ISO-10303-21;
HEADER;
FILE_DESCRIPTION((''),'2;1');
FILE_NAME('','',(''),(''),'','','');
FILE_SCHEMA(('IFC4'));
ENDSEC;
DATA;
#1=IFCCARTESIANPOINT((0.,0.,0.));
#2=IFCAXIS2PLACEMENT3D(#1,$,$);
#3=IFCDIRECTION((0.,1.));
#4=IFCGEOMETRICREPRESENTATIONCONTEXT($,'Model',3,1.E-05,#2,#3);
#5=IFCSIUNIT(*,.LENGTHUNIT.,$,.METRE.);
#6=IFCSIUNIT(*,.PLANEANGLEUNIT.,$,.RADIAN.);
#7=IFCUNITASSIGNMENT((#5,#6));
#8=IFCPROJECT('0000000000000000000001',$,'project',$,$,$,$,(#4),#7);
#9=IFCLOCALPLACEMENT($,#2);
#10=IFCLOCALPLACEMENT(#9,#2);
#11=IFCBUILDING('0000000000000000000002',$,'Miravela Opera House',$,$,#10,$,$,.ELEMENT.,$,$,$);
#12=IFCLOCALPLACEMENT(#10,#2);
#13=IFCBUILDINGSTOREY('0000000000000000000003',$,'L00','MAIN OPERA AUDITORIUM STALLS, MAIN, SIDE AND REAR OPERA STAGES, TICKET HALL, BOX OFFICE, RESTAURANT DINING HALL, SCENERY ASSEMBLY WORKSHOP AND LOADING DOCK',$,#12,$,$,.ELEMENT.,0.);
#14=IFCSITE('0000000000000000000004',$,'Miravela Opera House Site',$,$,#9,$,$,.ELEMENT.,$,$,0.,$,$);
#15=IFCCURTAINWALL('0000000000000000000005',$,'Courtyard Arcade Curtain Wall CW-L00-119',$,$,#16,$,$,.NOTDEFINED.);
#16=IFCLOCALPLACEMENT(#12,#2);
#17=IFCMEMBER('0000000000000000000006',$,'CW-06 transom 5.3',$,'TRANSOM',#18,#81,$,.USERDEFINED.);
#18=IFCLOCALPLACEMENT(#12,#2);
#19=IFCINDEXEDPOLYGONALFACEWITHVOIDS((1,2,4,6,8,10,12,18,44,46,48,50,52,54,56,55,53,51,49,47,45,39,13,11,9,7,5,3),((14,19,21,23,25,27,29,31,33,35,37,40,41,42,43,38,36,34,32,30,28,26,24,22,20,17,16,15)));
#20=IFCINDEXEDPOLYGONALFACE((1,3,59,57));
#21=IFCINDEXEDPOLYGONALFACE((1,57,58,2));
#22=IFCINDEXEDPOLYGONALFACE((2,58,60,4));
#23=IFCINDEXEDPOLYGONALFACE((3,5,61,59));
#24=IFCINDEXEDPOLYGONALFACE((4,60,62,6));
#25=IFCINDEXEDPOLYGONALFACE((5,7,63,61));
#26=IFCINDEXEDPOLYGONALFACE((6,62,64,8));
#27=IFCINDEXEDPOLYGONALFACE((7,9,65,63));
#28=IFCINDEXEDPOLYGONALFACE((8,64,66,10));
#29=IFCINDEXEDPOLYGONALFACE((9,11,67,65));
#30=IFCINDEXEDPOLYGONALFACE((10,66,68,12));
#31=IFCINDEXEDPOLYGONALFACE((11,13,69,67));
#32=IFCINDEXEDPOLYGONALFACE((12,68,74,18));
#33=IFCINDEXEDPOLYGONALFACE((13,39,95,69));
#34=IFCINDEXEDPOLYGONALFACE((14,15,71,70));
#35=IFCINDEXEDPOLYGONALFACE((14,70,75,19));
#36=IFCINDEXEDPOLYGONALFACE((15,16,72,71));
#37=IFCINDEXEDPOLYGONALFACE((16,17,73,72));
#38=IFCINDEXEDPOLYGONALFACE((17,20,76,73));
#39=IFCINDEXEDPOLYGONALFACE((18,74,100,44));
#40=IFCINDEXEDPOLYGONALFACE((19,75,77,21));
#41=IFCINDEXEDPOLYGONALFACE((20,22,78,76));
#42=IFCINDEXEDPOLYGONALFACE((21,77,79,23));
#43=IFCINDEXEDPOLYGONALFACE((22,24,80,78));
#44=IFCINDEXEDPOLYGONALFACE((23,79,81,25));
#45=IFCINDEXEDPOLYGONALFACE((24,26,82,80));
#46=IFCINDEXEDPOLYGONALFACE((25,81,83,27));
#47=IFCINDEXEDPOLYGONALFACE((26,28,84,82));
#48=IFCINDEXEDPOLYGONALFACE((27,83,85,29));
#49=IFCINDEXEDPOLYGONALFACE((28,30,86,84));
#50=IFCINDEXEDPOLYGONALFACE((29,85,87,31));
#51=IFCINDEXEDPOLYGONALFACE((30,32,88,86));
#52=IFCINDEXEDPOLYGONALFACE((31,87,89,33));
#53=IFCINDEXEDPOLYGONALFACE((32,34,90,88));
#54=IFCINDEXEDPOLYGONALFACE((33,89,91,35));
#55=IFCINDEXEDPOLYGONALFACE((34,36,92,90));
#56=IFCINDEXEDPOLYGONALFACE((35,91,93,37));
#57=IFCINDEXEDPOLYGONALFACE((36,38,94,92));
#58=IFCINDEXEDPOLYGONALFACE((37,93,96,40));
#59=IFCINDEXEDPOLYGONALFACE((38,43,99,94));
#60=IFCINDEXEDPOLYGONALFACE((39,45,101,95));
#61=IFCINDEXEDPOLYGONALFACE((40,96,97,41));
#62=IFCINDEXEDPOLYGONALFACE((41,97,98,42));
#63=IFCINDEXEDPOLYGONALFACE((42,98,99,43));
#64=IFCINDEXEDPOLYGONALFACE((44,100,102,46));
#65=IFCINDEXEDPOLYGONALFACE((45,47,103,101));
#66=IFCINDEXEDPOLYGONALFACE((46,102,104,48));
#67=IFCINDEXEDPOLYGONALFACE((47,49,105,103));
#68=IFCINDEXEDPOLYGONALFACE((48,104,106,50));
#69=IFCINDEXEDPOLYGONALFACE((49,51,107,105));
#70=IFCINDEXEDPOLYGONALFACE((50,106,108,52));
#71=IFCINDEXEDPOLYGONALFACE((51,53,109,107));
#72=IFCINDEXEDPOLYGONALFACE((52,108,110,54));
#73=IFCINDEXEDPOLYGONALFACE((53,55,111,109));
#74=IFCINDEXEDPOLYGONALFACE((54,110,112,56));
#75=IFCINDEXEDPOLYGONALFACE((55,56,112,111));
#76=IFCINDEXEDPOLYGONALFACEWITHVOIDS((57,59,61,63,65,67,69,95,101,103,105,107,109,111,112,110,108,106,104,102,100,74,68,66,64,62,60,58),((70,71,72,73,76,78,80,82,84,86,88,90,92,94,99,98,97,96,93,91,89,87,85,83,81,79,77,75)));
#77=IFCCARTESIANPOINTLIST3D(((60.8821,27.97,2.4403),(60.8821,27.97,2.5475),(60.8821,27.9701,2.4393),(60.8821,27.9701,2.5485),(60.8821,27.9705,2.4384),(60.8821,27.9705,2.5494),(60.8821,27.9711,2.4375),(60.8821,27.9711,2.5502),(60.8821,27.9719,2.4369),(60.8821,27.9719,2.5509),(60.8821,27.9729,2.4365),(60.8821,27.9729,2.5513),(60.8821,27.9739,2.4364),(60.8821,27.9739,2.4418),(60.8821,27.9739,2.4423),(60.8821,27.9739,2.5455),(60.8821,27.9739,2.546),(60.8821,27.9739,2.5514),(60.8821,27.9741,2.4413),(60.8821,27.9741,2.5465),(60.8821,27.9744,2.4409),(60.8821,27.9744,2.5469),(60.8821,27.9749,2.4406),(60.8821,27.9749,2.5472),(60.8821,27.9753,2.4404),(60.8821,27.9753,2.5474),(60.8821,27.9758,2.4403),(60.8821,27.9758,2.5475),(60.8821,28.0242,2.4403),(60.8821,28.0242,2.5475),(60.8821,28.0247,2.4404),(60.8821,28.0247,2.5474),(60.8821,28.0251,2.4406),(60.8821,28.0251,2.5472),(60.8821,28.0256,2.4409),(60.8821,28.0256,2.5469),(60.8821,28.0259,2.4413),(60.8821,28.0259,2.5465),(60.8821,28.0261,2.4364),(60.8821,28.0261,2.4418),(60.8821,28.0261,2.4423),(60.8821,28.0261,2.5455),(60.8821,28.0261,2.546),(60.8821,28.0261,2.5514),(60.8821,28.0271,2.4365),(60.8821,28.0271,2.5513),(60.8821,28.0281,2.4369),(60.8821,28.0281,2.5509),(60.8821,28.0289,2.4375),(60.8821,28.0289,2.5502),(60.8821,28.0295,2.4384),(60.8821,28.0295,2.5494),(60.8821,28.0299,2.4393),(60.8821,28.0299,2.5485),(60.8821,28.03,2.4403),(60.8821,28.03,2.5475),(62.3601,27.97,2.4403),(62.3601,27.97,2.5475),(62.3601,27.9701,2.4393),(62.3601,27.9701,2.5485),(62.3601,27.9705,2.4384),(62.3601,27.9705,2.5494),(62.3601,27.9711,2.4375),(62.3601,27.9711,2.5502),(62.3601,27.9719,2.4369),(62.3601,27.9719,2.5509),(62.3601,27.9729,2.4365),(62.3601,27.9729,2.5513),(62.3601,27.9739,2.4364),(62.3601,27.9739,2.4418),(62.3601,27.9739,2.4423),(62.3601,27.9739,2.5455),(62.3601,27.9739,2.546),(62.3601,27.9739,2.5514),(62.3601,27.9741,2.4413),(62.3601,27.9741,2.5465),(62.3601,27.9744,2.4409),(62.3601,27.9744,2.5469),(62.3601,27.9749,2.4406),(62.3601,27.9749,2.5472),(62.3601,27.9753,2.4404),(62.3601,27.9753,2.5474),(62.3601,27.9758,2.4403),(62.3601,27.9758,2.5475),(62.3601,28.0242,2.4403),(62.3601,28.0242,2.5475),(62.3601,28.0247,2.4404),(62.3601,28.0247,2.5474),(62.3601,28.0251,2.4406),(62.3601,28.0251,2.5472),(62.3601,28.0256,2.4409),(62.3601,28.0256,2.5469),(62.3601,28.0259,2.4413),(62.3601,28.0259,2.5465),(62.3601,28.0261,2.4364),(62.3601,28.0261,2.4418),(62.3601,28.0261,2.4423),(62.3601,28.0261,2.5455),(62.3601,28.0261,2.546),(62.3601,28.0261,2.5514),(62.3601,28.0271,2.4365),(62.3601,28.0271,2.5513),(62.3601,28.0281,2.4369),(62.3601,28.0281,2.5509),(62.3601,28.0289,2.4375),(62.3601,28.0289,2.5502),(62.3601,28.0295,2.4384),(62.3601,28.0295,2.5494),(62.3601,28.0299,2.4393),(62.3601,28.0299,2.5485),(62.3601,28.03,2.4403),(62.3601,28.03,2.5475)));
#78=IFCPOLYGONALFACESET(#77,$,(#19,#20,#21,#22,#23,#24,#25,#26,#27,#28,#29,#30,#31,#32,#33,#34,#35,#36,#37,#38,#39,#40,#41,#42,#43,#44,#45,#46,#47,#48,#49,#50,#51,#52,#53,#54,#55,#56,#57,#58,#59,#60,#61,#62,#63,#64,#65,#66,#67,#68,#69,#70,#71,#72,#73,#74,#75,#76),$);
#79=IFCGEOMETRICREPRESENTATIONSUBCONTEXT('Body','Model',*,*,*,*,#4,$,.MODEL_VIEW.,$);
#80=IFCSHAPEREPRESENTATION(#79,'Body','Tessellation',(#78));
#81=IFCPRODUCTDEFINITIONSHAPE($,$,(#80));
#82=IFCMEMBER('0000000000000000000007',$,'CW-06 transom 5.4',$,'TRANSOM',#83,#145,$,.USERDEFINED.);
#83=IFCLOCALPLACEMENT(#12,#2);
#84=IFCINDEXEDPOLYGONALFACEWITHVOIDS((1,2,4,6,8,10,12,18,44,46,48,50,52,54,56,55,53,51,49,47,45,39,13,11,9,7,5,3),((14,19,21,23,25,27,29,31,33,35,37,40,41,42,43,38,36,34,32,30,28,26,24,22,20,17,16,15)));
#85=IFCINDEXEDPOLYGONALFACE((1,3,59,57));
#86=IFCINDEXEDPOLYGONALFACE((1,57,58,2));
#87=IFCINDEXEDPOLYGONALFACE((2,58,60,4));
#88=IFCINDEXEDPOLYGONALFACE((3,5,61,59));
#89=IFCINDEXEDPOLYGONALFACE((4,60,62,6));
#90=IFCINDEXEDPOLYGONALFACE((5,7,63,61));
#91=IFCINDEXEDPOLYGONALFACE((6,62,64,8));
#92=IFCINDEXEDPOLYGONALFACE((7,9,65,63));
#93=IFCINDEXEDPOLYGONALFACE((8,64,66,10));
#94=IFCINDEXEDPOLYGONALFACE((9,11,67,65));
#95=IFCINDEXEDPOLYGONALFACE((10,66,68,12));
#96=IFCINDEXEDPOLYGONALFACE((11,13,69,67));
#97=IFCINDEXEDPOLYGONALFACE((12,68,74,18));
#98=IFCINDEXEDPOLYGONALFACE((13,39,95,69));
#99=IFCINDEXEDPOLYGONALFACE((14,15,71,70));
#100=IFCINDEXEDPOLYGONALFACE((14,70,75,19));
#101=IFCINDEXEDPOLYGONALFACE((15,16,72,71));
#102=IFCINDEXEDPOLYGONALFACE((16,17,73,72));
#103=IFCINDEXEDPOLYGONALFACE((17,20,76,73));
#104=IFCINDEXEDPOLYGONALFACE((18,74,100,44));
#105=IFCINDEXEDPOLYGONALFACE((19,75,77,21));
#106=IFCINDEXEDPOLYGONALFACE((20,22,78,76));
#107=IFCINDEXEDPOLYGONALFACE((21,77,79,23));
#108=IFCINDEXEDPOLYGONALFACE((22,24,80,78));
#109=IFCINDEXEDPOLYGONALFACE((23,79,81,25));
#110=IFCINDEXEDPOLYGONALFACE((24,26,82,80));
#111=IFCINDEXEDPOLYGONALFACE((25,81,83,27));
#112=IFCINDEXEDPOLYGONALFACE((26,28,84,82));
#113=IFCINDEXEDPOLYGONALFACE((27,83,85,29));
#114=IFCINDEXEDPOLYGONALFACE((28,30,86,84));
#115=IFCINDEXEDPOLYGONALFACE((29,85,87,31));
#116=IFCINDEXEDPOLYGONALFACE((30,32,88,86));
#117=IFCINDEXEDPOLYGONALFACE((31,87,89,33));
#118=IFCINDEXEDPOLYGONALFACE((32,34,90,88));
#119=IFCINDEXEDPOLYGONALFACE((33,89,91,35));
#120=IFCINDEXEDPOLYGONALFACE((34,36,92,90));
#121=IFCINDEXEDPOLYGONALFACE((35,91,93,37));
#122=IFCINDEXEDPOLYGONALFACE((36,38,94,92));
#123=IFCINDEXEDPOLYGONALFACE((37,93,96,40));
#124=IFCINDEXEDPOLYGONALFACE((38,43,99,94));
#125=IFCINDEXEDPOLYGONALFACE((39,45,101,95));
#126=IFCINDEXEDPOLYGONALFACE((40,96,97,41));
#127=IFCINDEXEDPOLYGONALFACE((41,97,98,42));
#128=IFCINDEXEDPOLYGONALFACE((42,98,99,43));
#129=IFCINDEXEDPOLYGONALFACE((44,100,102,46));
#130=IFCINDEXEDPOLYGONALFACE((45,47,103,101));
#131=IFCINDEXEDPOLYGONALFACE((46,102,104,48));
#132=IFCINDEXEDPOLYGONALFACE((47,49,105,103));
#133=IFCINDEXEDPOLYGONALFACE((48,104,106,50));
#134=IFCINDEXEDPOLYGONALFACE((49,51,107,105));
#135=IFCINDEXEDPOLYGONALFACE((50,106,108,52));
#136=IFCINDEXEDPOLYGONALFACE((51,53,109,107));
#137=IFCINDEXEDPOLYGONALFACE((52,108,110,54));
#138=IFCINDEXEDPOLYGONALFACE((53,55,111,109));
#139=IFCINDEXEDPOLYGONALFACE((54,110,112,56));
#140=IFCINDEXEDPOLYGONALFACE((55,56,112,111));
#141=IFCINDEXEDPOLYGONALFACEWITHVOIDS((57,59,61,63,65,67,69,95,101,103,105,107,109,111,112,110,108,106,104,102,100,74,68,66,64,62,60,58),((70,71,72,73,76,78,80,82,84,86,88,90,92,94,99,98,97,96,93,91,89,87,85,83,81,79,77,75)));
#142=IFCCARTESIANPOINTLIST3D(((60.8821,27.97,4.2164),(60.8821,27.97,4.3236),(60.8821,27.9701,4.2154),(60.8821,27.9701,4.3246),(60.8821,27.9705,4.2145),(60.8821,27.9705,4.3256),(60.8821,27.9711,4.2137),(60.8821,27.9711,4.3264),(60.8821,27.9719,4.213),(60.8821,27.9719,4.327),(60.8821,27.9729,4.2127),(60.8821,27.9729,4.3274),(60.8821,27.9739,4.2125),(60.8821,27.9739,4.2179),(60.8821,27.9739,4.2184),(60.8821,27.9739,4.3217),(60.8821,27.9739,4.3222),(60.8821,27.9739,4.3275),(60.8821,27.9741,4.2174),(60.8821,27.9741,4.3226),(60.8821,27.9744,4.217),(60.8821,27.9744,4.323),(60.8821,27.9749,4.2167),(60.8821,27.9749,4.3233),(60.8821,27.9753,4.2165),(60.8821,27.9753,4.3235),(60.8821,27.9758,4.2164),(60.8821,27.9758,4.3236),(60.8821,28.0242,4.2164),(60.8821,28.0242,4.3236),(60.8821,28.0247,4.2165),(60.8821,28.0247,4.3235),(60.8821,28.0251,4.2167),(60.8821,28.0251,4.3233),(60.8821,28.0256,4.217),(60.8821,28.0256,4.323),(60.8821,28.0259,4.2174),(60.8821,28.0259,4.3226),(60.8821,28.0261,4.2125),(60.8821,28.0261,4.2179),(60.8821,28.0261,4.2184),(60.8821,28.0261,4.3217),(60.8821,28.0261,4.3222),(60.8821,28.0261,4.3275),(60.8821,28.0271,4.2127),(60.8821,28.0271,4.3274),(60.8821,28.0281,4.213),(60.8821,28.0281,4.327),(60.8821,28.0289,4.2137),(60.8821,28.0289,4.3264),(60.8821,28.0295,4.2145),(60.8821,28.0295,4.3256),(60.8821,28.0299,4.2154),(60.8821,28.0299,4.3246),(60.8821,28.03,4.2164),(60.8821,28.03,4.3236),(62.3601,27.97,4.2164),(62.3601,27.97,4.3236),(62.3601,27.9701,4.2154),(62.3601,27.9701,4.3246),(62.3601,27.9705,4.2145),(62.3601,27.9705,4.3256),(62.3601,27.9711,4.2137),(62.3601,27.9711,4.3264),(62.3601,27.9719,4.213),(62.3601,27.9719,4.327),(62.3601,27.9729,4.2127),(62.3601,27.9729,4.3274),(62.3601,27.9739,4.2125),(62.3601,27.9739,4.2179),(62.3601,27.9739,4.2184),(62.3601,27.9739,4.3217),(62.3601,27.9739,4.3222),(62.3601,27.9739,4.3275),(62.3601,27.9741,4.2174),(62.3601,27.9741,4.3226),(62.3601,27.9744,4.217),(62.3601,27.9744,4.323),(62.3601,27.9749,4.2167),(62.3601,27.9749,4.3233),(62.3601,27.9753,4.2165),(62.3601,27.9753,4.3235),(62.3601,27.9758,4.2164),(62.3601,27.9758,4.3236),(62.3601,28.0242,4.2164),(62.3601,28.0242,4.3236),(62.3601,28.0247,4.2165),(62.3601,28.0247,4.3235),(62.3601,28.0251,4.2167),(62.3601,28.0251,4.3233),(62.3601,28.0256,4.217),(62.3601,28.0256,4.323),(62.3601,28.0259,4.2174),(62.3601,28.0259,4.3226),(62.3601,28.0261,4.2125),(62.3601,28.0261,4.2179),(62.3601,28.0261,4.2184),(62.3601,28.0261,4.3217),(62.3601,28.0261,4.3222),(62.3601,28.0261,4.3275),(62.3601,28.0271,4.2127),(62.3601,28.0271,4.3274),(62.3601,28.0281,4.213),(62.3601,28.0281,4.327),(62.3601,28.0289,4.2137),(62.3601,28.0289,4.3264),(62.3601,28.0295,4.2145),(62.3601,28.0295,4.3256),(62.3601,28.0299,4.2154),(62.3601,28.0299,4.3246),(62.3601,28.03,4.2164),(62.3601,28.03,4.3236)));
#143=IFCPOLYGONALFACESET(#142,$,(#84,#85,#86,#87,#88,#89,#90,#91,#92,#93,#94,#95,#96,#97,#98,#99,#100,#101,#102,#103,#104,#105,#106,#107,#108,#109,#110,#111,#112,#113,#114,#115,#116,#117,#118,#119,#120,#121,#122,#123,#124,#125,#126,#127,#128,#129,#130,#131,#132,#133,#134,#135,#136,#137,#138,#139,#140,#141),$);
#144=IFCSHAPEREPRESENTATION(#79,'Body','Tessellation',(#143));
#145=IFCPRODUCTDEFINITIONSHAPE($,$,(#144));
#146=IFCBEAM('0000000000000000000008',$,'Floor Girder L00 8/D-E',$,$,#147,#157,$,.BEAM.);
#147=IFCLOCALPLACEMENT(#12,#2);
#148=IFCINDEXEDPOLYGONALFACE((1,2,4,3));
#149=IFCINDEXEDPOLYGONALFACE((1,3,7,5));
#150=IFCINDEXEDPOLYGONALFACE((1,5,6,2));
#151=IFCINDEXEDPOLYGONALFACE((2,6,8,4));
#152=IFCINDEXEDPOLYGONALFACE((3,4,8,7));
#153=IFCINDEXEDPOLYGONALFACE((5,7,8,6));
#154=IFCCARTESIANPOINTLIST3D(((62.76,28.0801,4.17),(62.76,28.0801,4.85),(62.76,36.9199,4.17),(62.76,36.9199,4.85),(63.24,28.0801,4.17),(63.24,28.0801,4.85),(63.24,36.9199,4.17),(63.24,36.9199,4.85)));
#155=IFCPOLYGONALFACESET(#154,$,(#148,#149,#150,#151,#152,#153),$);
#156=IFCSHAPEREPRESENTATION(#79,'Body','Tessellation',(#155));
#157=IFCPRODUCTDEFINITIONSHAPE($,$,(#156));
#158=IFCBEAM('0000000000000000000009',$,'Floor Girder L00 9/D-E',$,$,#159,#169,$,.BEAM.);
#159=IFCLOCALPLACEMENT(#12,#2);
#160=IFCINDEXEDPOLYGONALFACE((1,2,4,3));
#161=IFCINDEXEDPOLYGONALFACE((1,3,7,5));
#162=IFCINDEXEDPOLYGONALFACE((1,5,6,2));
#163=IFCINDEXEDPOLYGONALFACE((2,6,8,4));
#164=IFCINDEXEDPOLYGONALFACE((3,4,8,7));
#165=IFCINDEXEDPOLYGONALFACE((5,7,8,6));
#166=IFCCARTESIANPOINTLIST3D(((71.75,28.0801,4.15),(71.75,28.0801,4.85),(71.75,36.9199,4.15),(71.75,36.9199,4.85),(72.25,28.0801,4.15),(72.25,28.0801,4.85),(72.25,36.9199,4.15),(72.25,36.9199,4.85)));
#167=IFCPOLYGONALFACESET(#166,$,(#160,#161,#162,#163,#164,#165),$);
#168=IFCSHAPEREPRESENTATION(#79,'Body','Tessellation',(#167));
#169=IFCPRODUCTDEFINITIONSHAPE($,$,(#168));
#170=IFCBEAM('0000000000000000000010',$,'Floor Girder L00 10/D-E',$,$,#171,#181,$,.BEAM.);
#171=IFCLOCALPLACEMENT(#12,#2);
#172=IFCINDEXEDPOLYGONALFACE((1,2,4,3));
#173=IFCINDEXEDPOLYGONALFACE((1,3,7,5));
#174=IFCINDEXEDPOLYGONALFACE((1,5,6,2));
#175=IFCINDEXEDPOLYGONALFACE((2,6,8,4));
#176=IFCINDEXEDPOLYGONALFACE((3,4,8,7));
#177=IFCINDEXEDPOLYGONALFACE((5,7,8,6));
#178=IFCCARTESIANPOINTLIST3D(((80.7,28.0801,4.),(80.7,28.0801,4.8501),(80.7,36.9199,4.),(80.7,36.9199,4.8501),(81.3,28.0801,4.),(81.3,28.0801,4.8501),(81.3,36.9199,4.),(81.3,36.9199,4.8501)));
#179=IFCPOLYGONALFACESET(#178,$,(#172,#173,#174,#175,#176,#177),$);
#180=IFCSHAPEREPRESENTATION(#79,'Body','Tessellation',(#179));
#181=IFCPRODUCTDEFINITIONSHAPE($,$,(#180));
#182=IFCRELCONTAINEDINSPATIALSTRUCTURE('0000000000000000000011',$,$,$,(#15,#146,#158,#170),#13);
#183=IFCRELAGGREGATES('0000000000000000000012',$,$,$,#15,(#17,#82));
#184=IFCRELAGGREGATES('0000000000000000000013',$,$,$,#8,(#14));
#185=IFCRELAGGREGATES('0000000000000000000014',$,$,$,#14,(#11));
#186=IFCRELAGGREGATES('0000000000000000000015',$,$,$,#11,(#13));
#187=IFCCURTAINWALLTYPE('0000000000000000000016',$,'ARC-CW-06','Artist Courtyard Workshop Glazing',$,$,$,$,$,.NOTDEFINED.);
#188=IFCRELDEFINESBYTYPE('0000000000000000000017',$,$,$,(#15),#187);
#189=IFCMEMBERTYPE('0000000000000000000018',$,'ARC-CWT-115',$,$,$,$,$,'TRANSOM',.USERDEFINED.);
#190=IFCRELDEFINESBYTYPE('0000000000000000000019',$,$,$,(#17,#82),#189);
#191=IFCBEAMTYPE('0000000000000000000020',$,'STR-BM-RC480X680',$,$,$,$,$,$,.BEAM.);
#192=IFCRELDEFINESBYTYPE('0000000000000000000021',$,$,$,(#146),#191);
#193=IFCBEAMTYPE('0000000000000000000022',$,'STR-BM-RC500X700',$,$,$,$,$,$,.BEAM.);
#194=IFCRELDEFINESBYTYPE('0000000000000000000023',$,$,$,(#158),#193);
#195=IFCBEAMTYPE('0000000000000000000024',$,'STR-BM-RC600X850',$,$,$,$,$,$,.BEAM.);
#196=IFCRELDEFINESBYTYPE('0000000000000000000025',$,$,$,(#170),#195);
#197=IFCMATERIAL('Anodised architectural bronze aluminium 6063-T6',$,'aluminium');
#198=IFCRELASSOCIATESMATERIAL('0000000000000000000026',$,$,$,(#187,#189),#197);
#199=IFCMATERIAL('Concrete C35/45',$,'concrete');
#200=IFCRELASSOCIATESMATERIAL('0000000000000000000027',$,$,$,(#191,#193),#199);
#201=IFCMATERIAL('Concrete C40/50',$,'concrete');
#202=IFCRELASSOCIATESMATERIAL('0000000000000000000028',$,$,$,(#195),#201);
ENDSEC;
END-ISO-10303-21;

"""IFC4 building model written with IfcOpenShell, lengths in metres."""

from ifc_helpers import new_model, si_unit, direction, frame, origin, origin_2d, place, context, subcontext, project, spatial, rectangle, hollow_rectangle, extrude, material, material_profile, profile_set, type_object, element, aggregate, save


model = new_model("IFC4")

# Units and contexts
model_context = context("Model", 3, precision=1e-05, world=origin(), true_north=direction((0.0, 1.0)))
body_context = subcontext(model_context, "Body", "Model", "MODEL_VIEW")
ifc_project = project(units=[si_unit("LENGTHUNIT", "METRE"), si_unit("PLANEANGLEUNIT", "RADIAN")], contexts=[model_context])

# Site, building, storey
site_placement = place(None, origin())
site = spatial("IfcSite", under=ifc_project, at=site_placement, Name="Miravela Opera House Site", CompositionType="ELEMENT", RefElevation=0.0)
building_placement = place(site_placement, origin())
building = spatial("IfcBuilding", under=site, at=building_placement, Name="Miravela Opera House", CompositionType="ELEMENT")
storey_placement = place(building_placement, origin())
storey = spatial("IfcBuildingStorey", under=building, at=storey_placement, Name="L00", Description="MAIN OPERA AUDITORIUM STALLS, MAIN, SIDE AND REAR OPERA STAGES, TICKET HALL, BOX OFFICE, RESTAURANT DINING HALL, SCENERY ASSEMBLY WORKSHOP AND LOADING DOCK", CompositionType="ELEMENT", Elevation=0.0)

# Shared definitions
ifc_material_1 = material(Name="Concrete C35/45", Category="concrete")

# Curtain wall, members
ifc_material_2 = material(Name="Anodised architectural bronze aluminium 6063-T6", Category="aluminium")
curtain_wall_type = type_object("IfcCurtainWallType", Name="ARC-CW-06", Description="Artist Courtyard Workshop Glazing", PredefinedType="NOTDEFINED", material=ifc_material_2)
curtain_wall_placement = place(storey_placement, origin())
curtain_wall = element("IfcCurtainWall", 1, at=curtain_wall_placement, inside=storey, type_object=curtain_wall_type, Name="Courtyard Arcade Curtain Wall CW-L00-119", PredefinedType="NOTDEFINED")
ifc_material_profile_1 = material_profile(ifc_material_2, hollow_rectangle(XDim=0.0601, YDim=0.115, WallThickness=0.0039, InnerFilletRadius=0.002, OuterFilletRadius=0.0039, at=origin_2d()), Name="CWT-60X115")
ifc_profile_set_1 = profile_set([ifc_material_profile_1])
member_type_1 = type_object("IfcMemberType", Name="ARC-CWT-115", ElementType="TRANSOM", PredefinedType="USERDEFINED", material=ifc_profile_set_1)
member_1_placement = place(storey_placement, frame((60.8821, 28.0, 2.4939), z_axis=(1.0, 0.0, 0.0), x_axis=(0.0, 1.0, 0.0)))
member_1 = element("IfcMember", 2, at=member_1_placement, type_object=member_type_1, Name="CW-06 transom 5.3", ObjectType="TRANSOM", PredefinedType="USERDEFINED", context=body_context, shape_type="SweptSolid", body=[
    extrude(hollow_rectangle(XDim=0.0601, YDim=0.115, WallThickness=0.0039, InnerFilletRadius=0.002, OuterFilletRadius=0.0039, at=origin_2d()), origin(), (0.0, 0.0, 1.0), 1.478),
])
member_2_placement = place(storey_placement, frame((60.8821, 28.0, 4.27), z_axis=(1.0, 0.0, 0.0), x_axis=(0.0, 1.0, 0.0)))
member_2 = element("IfcMember", 3, at=member_2_placement, type_object=member_type_1, Name="CW-06 transom 5.4", ObjectType="TRANSOM", PredefinedType="USERDEFINED", context=body_context, shape_type="SweptSolid", body=[
    extrude(hollow_rectangle(XDim=0.0601, YDim=0.115, WallThickness=0.0039, InnerFilletRadius=0.002, OuterFilletRadius=0.0039, at=origin_2d()), origin(), (0.0, 0.0, 1.0), 1.478),
])

# Beams
ifc_material_profile_2 = material_profile(ifc_material_1, rectangle(XDim=0.48, YDim=0.6799, at=origin_2d()), Name="RC-BM-480X680")
ifc_profile_set_2 = profile_set([ifc_material_profile_2])
beam_type_1 = type_object("IfcBeamType", Name="STR-BM-RC480X680", PredefinedType="BEAM", material=ifc_profile_set_2)
beam_1_placement = place(storey_placement, frame((63.0, 28.0801, 4.51), z_axis=(0.0, 1.0, 0.0), x_axis=(-1.0, 0.0, 0.0)))
element("IfcBeam", 4, at=beam_1_placement, inside=storey, type_object=beam_type_1, Name="Floor Girder L00 8/D-E", PredefinedType="BEAM", context=body_context, shape_type="SweptSolid", body=[
    extrude(rectangle(XDim=0.48, YDim=0.6799, at=origin_2d()), origin(), (0.0, 0.0, 1.0), 8.8398),
])
ifc_material_profile_3 = material_profile(ifc_material_1, rectangle(XDim=0.5, YDim=0.7, at=origin_2d()), Name="RC-BM-500X700")
ifc_profile_set_3 = profile_set([ifc_material_profile_3])
beam_type_2 = type_object("IfcBeamType", Name="STR-BM-RC500X700", PredefinedType="BEAM", material=ifc_profile_set_3)
beam_2_placement = place(storey_placement, frame((72.0, 28.0801, 4.5), z_axis=(0.0, 1.0, 0.0), x_axis=(-1.0, 0.0, 0.0)))
element("IfcBeam", 5, at=beam_2_placement, inside=storey, type_object=beam_type_2, Name="Floor Girder L00 9/D-E", PredefinedType="BEAM", context=body_context, shape_type="SweptSolid", body=[
    extrude(rectangle(XDim=0.5, YDim=0.7, at=origin_2d()), origin(), (0.0, 0.0, 1.0), 8.8398),
])
ifc_material_3 = material(Name="Concrete C40/50", Category="concrete")
ifc_material_profile_4 = material_profile(ifc_material_3, rectangle(XDim=0.6001, YDim=0.8501, at=origin_2d()), Name="RC-BM-600X850")
ifc_profile_set_4 = profile_set([ifc_material_profile_4])
beam_type_3 = type_object("IfcBeamType", Name="STR-BM-RC600X850", PredefinedType="BEAM", material=ifc_profile_set_4)
beam_3_placement = place(storey_placement, frame((81.0, 28.0801, 4.425), z_axis=(0.0, 1.0, 0.0), x_axis=(-1.0, 0.0, 0.0)))
element("IfcBeam", 6, at=beam_3_placement, inside=storey, type_object=beam_type_3, Name="Floor Girder L00 10/D-E", PredefinedType="BEAM", context=body_context, shape_type="SweptSolid", body=[
    extrude(rectangle(XDim=0.6001, YDim=0.8501, at=origin_2d()), origin(), (0.0, 0.0, 1.0), 8.8398),
])

aggregate(curtain_wall, [member_1, member_2])

save(model, "model.ifc")
